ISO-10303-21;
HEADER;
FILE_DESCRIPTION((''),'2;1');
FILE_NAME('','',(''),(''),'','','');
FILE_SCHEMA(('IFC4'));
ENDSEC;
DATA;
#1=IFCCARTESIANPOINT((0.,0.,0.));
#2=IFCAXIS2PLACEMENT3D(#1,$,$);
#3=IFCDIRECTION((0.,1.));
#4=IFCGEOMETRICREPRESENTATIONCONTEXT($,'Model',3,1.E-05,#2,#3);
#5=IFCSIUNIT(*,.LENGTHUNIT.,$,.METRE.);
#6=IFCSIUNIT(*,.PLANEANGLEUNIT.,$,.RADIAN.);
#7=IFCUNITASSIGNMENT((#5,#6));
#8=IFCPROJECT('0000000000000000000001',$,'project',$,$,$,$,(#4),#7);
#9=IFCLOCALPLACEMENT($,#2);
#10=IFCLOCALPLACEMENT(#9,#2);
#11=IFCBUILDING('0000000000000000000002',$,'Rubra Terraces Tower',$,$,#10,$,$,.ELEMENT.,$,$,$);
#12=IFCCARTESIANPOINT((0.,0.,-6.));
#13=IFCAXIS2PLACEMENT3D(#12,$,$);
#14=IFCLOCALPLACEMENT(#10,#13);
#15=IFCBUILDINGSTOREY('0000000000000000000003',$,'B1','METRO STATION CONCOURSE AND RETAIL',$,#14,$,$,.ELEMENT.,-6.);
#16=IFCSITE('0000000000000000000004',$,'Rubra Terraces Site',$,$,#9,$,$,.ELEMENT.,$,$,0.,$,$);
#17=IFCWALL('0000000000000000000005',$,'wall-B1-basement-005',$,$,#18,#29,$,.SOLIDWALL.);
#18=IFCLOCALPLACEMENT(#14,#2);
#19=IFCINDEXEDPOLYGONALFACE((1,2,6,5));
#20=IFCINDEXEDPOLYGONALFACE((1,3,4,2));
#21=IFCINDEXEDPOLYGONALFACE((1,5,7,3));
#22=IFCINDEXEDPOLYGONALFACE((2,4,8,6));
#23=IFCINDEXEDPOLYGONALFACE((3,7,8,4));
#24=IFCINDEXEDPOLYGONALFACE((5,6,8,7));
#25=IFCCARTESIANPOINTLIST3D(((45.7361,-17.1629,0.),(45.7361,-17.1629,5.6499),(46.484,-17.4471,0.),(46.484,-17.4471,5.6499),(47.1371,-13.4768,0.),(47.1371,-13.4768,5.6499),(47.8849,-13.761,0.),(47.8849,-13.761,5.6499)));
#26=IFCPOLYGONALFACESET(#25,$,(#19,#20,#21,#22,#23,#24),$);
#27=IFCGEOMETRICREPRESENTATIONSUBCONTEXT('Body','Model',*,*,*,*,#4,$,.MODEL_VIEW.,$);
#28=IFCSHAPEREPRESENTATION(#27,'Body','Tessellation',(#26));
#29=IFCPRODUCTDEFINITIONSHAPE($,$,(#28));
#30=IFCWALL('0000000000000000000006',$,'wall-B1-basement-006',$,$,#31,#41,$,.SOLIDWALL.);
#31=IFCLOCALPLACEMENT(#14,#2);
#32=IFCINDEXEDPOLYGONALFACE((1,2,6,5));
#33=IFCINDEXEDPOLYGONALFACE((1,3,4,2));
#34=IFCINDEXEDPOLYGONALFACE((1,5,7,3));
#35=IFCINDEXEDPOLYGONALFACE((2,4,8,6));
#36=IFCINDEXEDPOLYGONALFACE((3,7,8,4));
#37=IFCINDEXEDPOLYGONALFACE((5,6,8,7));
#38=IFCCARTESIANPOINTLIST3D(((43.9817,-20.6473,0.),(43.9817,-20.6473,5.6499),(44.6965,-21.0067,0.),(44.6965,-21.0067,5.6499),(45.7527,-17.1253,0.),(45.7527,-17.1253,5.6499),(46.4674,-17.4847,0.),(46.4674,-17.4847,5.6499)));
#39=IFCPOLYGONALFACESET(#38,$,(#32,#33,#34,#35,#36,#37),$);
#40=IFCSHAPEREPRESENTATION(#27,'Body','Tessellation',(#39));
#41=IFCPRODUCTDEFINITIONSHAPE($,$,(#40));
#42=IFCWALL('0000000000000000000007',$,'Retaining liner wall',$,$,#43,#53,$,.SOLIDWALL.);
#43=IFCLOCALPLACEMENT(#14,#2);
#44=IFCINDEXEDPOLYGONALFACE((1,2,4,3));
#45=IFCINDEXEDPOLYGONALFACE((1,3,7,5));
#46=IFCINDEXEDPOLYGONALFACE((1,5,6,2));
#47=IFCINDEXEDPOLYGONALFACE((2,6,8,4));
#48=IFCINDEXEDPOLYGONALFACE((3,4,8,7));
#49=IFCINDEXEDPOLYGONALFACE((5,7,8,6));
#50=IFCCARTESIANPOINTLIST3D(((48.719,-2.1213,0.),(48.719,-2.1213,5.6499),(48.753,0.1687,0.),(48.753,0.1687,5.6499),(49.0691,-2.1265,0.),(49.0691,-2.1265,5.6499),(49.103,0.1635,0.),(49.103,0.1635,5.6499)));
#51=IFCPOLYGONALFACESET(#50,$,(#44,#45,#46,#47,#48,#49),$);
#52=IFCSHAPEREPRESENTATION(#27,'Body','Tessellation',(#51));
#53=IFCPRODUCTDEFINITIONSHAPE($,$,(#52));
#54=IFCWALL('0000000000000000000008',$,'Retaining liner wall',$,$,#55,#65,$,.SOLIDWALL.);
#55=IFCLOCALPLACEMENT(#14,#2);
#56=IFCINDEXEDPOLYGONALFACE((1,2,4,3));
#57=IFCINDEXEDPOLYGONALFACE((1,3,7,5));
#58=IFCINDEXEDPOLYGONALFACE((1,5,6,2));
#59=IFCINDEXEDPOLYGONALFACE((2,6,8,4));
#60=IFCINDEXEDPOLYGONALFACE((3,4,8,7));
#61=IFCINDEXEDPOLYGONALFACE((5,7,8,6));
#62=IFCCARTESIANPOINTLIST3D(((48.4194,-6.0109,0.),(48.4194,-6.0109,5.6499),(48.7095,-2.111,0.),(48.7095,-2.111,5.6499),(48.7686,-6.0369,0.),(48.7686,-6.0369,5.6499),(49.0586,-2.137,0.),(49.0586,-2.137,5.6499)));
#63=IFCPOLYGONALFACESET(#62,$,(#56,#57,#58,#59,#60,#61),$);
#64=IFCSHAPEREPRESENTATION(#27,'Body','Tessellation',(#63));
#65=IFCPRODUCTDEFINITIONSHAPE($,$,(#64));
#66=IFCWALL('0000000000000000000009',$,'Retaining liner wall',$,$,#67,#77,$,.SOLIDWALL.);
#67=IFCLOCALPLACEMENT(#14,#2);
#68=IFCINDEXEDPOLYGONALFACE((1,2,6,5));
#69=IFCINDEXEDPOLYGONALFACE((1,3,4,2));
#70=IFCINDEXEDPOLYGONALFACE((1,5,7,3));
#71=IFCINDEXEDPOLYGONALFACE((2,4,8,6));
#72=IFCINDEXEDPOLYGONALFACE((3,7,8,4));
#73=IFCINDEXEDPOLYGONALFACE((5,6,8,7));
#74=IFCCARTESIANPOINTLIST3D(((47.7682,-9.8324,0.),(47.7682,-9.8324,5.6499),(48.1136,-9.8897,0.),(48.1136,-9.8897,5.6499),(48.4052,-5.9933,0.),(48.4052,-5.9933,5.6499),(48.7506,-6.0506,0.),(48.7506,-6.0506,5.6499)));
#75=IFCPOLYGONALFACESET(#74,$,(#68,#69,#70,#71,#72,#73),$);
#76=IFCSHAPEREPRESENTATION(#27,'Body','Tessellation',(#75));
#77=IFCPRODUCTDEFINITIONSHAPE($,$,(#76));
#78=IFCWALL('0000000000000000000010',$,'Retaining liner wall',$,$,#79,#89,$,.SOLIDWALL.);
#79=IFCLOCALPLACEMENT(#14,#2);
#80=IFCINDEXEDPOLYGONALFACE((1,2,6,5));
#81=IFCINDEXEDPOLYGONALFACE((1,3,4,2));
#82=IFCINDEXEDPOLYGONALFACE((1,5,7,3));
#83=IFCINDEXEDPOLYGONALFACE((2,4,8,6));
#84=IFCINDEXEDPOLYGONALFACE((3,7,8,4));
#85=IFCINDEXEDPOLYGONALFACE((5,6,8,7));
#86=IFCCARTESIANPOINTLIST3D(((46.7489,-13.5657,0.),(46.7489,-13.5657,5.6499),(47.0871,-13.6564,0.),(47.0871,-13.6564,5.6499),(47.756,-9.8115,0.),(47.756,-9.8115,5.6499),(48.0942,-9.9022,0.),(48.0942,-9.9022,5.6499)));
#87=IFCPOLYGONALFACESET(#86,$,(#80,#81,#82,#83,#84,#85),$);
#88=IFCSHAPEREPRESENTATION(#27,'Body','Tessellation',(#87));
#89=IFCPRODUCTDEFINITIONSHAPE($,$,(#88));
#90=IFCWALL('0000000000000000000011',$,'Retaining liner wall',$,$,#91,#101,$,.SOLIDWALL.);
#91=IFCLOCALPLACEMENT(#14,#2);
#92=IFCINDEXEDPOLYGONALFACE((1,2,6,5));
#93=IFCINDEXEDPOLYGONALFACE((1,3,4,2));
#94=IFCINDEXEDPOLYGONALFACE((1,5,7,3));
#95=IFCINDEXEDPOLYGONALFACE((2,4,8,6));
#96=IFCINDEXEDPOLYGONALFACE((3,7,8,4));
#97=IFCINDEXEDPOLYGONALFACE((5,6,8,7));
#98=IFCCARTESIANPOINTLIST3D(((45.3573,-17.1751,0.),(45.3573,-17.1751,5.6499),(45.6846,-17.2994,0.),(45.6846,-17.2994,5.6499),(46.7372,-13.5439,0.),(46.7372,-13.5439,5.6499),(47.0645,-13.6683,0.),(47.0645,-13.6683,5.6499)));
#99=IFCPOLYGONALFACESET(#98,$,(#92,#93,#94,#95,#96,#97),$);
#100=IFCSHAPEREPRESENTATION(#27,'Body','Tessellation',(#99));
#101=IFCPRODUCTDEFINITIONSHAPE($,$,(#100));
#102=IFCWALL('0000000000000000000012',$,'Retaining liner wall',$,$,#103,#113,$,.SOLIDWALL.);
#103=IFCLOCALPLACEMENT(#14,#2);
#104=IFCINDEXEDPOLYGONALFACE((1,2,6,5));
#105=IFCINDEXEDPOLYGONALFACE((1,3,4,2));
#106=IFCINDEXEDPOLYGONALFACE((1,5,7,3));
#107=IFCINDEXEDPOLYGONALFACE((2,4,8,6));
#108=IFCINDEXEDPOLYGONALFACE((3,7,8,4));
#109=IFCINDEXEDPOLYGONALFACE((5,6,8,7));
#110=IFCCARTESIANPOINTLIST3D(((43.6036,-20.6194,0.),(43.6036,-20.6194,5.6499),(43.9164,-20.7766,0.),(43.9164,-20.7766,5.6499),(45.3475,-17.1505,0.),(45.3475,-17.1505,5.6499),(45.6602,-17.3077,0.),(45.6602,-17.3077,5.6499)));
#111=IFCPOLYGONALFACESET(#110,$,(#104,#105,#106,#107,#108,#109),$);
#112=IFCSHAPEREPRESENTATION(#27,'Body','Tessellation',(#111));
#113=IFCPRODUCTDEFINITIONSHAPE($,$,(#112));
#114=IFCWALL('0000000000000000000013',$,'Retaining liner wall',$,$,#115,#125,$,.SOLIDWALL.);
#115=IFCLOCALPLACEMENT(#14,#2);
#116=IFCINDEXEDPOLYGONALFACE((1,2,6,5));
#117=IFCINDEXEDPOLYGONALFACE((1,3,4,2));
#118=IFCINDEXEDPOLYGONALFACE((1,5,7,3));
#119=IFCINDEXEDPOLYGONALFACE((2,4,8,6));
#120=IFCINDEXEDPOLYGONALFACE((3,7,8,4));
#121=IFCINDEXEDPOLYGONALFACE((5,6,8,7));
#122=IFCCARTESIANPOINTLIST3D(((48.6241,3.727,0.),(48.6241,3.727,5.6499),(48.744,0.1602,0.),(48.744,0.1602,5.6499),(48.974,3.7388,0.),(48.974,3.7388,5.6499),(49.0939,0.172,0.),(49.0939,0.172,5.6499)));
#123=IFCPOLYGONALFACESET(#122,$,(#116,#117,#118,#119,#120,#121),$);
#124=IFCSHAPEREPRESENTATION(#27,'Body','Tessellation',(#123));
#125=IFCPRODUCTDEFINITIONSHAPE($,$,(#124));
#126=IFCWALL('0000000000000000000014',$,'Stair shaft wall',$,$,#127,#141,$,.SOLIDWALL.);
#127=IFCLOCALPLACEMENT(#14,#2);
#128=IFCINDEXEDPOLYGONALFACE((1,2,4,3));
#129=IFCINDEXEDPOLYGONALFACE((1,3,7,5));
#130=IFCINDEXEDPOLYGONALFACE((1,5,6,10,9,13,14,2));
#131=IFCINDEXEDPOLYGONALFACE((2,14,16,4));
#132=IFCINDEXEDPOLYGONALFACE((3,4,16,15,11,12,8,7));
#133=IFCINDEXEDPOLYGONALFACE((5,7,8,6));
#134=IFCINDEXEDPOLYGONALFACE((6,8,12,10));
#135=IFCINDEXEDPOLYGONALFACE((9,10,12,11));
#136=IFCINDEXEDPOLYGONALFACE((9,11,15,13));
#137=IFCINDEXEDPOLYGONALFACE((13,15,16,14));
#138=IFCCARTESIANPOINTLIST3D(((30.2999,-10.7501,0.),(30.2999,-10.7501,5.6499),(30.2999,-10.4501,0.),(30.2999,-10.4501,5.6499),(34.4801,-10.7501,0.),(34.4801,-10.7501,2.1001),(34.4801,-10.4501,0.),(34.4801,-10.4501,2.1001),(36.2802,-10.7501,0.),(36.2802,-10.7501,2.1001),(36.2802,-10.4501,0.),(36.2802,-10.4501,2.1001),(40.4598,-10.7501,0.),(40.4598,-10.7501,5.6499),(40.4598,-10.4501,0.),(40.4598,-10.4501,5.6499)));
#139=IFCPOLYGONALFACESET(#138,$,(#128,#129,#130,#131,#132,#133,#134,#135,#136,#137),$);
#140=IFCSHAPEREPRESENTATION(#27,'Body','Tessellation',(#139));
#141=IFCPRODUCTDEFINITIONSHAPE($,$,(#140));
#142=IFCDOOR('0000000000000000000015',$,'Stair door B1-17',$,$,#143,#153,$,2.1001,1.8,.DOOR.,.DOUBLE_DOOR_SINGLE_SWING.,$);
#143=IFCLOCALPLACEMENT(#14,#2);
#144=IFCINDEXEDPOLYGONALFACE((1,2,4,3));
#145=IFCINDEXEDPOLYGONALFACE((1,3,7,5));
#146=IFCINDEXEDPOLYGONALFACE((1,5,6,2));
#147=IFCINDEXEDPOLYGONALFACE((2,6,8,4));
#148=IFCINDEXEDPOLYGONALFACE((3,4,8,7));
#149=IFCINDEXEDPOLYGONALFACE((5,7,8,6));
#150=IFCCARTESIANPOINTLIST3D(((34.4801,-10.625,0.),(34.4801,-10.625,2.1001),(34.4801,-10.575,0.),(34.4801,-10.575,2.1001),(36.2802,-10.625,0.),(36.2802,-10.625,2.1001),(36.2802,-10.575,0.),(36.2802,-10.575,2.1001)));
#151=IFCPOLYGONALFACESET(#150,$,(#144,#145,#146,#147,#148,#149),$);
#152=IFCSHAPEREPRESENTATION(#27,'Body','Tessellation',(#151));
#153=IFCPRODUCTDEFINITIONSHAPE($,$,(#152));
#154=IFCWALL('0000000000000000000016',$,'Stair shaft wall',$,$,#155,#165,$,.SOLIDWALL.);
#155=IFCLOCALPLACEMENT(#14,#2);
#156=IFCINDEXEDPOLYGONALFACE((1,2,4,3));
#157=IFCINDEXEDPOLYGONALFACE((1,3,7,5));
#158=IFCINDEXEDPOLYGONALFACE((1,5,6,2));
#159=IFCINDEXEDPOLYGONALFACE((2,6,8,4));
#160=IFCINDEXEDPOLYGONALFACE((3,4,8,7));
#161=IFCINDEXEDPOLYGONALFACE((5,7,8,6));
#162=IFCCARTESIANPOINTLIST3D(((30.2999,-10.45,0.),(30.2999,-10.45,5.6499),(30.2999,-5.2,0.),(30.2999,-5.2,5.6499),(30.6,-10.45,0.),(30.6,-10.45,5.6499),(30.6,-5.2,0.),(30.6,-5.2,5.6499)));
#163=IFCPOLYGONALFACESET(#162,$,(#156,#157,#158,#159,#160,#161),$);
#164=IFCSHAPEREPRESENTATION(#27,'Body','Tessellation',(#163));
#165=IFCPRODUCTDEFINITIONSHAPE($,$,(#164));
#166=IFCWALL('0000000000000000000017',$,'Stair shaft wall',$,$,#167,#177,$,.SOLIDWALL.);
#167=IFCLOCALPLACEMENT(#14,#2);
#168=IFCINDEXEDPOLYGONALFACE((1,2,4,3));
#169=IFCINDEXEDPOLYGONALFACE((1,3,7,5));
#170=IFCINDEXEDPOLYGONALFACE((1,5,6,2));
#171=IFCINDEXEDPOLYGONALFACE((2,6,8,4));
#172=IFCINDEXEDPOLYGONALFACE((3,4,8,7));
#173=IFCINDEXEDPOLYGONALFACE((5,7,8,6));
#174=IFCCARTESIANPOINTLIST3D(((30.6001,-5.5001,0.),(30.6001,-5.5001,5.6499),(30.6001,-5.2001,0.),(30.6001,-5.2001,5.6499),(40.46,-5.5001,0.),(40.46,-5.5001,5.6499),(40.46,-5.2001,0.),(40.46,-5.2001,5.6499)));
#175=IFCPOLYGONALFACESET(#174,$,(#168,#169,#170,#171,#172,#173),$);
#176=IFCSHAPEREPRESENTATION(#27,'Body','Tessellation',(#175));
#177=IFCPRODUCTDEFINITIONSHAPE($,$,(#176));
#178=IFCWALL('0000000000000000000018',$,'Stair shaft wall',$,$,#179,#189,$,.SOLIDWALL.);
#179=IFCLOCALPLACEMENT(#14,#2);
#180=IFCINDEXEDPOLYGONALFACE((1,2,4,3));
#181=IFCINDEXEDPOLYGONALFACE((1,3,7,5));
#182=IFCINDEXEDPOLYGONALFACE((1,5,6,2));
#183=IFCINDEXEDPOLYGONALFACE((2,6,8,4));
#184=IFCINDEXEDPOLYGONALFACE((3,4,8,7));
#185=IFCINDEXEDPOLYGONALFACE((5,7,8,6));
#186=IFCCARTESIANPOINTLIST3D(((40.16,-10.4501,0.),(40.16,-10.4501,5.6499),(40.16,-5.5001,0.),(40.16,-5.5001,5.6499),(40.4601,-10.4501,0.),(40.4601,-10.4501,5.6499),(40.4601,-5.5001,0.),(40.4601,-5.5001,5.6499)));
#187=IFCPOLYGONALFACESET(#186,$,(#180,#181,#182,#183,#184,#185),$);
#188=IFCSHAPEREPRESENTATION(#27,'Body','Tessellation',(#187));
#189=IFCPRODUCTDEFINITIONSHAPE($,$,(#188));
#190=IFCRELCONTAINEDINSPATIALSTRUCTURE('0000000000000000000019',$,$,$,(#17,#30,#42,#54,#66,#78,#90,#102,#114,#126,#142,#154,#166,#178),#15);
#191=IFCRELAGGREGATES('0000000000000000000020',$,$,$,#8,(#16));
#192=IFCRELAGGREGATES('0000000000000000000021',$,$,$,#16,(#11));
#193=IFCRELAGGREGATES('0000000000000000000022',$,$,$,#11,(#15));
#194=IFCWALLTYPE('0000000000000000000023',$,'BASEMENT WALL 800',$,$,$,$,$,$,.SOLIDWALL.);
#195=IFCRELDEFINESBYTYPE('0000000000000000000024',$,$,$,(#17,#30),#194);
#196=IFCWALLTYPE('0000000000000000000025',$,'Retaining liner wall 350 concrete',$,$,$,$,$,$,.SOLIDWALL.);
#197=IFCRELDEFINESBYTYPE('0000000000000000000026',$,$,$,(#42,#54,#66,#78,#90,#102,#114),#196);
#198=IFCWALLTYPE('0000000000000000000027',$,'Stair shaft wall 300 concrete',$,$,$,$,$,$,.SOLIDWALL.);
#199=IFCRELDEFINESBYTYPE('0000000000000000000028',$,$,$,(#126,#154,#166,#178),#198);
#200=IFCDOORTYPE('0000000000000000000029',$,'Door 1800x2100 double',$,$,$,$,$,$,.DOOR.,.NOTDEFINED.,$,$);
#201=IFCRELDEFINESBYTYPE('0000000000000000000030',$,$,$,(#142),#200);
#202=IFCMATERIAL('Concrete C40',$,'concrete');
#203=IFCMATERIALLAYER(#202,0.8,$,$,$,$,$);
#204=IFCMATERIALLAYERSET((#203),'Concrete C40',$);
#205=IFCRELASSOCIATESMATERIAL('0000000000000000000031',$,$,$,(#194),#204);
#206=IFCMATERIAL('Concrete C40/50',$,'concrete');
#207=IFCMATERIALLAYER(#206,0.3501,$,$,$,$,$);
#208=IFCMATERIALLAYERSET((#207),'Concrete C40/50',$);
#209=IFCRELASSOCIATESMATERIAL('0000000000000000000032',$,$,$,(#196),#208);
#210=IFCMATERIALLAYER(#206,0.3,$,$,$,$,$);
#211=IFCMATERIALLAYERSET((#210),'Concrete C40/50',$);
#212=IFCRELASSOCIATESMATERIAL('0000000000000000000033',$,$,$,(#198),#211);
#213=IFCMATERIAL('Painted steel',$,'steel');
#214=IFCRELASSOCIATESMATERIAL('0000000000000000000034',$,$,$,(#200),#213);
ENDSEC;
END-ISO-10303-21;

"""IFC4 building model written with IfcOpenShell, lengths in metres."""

from ifc_helpers import new_model, si_unit, direction, frame, frame_2d, origin, place, context, subcontext, project, spatial, rectangle, extrude, material, layer, layer_set, type_object, element, fill, save


model = new_model("IFC4")

# Units and contexts
model_context = context("Model", 3, precision=1e-05, world=origin(), true_north=direction((0.0, 1.0)))
body_context = subcontext(model_context, "Body", "Model", "MODEL_VIEW")
ifc_project = project(units=[si_unit("LENGTHUNIT", "METRE"), si_unit("PLANEANGLEUNIT", "RADIAN")], contexts=[model_context])

# Site, building, storey
site_placement = place(None, origin())
site = spatial("IfcSite", under=ifc_project, at=site_placement, Name="Rubra Terraces Site", CompositionType="ELEMENT", RefElevation=0.0)
building_placement = place(site_placement, origin())
building = spatial("IfcBuilding", under=site, at=building_placement, Name="Rubra Terraces Tower", CompositionType="ELEMENT")
storey_placement = place(building_placement, frame((0.0, 0.0, -6.0)))
storey = spatial("IfcBuildingStorey", under=building, at=storey_placement, Name="B1", Description="METRO STATION CONCOURSE AND RETAIL", CompositionType="ELEMENT", Elevation=-6.0)

# Shared definitions
ifc_material_1 = material(Name="Concrete C40/50", Category="concrete")

# Walls
ifc_material_2 = material(Name="Concrete C40", Category="concrete")
ifc_layer_1 = layer(ifc_material_2, 0.8)
ifc_layer_set_1 = layer_set([ifc_layer_1], Name="Concrete C40")
wall_type_1 = type_object("IfcWallType", Name="BASEMENT WALL 800", PredefinedType="SOLIDWALL", material=ifc_layer_set_1)
wall_1_placement = place(storey_placement, frame((47.511, -13.6189, 0.0), z_axis=(0.0, 0.0, 1.0), x_axis=(-0.355259, -0.934768, 0.0)))
element("IfcWall", 1, at=wall_1_placement, inside=storey, type_object=wall_type_1, Name="wall-B1-basement-005", PredefinedType="SOLIDWALL", context=body_context, shape_type="SweptSolid", body=[
    extrude(rectangle(XDim=3.9434, YDim=0.8, at=frame_2d((1.9717, 0.0))), origin(), (0.0, 0.0, 1.0), 5.6499),
])
wall_2_placement = place(storey_placement, frame((46.1101, -17.3049, 0.0), z_axis=(0.0, 0.0, 1.0), x_axis=(-0.449244, -0.893409, 0.0)))
element("IfcWall", 2, at=wall_2_placement, inside=storey, type_object=wall_type_1, Name="wall-B1-basement-006", PredefinedType="SOLIDWALL", context=body_context, shape_type="SweptSolid", body=[
    extrude(rectangle(XDim=3.9421, YDim=0.8, at=frame_2d((1.9712, 0.0))), origin(), (0.0, 0.0, 1.0), 5.6499),
])
ifc_layer_2 = layer(ifc_material_1, 0.3501)
ifc_layer_set_2 = layer_set([ifc_layer_2], Name="Concrete C40/50")
wall_type_2 = type_object("IfcWallType", Name="Retaining liner wall 350 concrete", PredefinedType="SOLIDWALL", material=ifc_layer_set_2)
wall_3_placement = place(storey_placement, frame((48.928, 0.166, 0.0), z_axis=(0.0, 0.0, 1.0), x_axis=(-0.014817, -0.99989, 0.0)))
element("IfcWall", 3, at=wall_3_placement, inside=storey, type_object=wall_type_2, Name="Retaining liner wall", PredefinedType="SOLIDWALL", context=body_context, shape_type="SweptSolid", body=[
    extrude(rectangle(XDim=2.2903, YDim=0.3501, at=frame_2d((1.145, 0.0))), origin(), (0.0, 0.0, 1.0), 5.6499),
])
wall_4_placement = place(storey_placement, frame((48.884, -2.124, 0.0), z_axis=(0.0, 0.0, 1.0), x_axis=(-0.074166, -0.997246, 0.0)))
element("IfcWall", 4, at=wall_4_placement, inside=storey, type_object=wall_type_2, Name="Retaining liner wall", PredefinedType="SOLIDWALL", context=body_context, shape_type="SweptSolid", body=[
    extrude(rectangle(XDim=3.9106, YDim=0.3501, at=frame_2d((1.9553, 0.0))), origin(), (0.0, 0.0, 1.0), 5.6499),
])
wall_5_placement = place(storey_placement, frame((48.5779, -6.022, 0.0), z_axis=(0.0, 0.0, 1.0), x_axis=(-0.163677, -0.986514, 0.0)))
element("IfcWall", 5, at=wall_5_placement, inside=storey, type_object=wall_type_2, Name="Retaining liner wall", PredefinedType="SOLIDWALL", context=body_context, shape_type="SweptSolid", body=[
    extrude(rectangle(XDim=3.8916, YDim=0.3501, at=frame_2d((1.9458, 0.0))), origin(), (0.0, 0.0, 1.0), 5.6499),
])
wall_6_placement = place(storey_placement, frame((47.925, -9.8569, 0.0), z_axis=(0.0, 0.0, 1.0), x_axis=(-0.259097, -0.965851, 0.0)))
element("IfcWall", 6, at=wall_6_placement, inside=storey, type_object=wall_type_2, Name="Retaining liner wall", PredefinedType="SOLIDWALL", context=body_context, shape_type="SweptSolid", body=[
    extrude(rectangle(XDim=3.887, YDim=0.3501, at=frame_2d((1.9434, 0.0))), origin(), (0.0, 0.0, 1.0), 5.6499),
])
wall_7_placement = place(storey_placement, frame((46.9009, -13.606, 0.0), z_axis=(0.0, 0.0, 1.0), x_axis=(-0.355232, -0.934778, 0.0)))
element("IfcWall", 7, at=wall_7_placement, inside=storey, type_object=wall_type_2, Name="Retaining liner wall", PredefinedType="SOLIDWALL", context=body_context, shape_type="SweptSolid", body=[
    extrude(rectangle(XDim=3.8845, YDim=0.3501, at=frame_2d((1.9424, 0.0))), origin(), (0.0, 0.0, 1.0), 5.6499),
])
wall_8_placement = place(storey_placement, frame((45.5039, -17.229, 0.0), z_axis=(0.0, 0.0, 1.0), x_axis=(-0.449149, -0.893457, 0.0)))
element("IfcWall", 8, at=wall_8_placement, inside=storey, type_object=wall_type_2, Name="Retaining liner wall", PredefinedType="SOLIDWALL", context=body_context, shape_type="SweptSolid", body=[
    extrude(rectangle(XDim=3.8826, YDim=0.3501, at=frame_2d((1.9414, 0.0))), origin(), (0.0, 0.0, 1.0), 5.6499),
])
wall_9_placement = place(storey_placement, frame((48.7991, 3.7329, 0.0), z_axis=(0.0, 0.0, 1.0), x_axis=(0.033588, -0.999436, 0.0)))
element("IfcWall", 9, at=wall_9_placement, inside=storey, type_object=wall_type_2, Name="Retaining liner wall", PredefinedType="SOLIDWALL", context=body_context, shape_type="SweptSolid", body=[
    extrude(rectangle(XDim=3.5688, YDim=0.3501, at=frame_2d((1.7844, 0.0))), origin(), (0.0, 0.0, 1.0), 5.6499),
])

# Wall, opening, door
ifc_layer_3 = layer(ifc_material_1, 0.3)
ifc_layer_set_3 = layer_set([ifc_layer_3], Name="Concrete C40/50")
wall_type_3 = type_object("IfcWallType", Name="Stair shaft wall 300 concrete", PredefinedType="SOLIDWALL", material=ifc_layer_set_3)
wall_10_placement = place(storey_placement, frame((40.46, -10.6001, 0.0), z_axis=(0.0, 0.0, 1.0), x_axis=(-1.0, 0.0, 0.0)))
wall_10 = element("IfcWall", 10, at=wall_10_placement, inside=storey, type_object=wall_type_3, Name="Stair shaft wall", PredefinedType="SOLIDWALL", context=body_context, shape_type="SweptSolid", body=[
    extrude(rectangle(XDim=10.1599, YDim=0.3, at=frame_2d((5.0801, 0.0))), origin(), (0.0, 0.0, 1.0), 5.6499),
])
opening_placement = place(wall_10_placement, frame((4.1799, 0.0, 0.0)))
opening = element("IfcOpeningElement", 11, at=opening_placement, cuts=wall_10, PredefinedType="OPENING", context=body_context, shape_type="SweptSolid", body=[
    extrude(rectangle(XDim=1.8, YDim=2.1001, at=frame_2d((0.8999, 1.05))), frame((0.0, 0.1599, 0.0), z_axis=(0.0, -1.0, 0.0), x_axis=(1.0, 0.0, 0.0)), (0.0, 0.0, 1.0), 0.3201),
])
ifc_material_3 = material(Name="Painted steel", Category="steel")
door_type = type_object("IfcDoorType", Name="Door 1800x2100 double", OperationType="NOTDEFINED", PredefinedType="DOOR", material=ifc_material_3)
door_placement = place(opening_placement, origin())
door = element("IfcDoor", 12, at=door_placement, inside=storey, type_object=door_type, Name="Stair door B1-17", OperationType="DOUBLE_DOOR_SINGLE_SWING", OverallHeight=2.1001, OverallWidth=1.8, PredefinedType="DOOR", context=body_context, shape_type="SweptSolid", body=[
    extrude(rectangle(XDim=1.8, YDim=2.1001, at=frame_2d((0.8999, 1.05))), frame((0.0, 0.0249, 0.0), z_axis=(0.0, -1.0, 0.0), x_axis=(1.0, 0.0, 0.0)), (0.0, 0.0, 1.0), 0.05),
])
fill(opening, door)

# Walls
wall_11_placement = place(storey_placement, frame((30.45, -10.45, 0.0), z_axis=(0.0, 0.0, 1.0), x_axis=(0.0, 1.0, 0.0)))
element("IfcWall", 13, at=wall_11_placement, inside=storey, type_object=wall_type_3, Name="Stair shaft wall", PredefinedType="SOLIDWALL", context=body_context, shape_type="SweptSolid", body=[
    extrude(rectangle(XDim=5.25, YDim=0.3, at=frame_2d((2.625, 0.0))), origin(), (0.0, 0.0, 1.0), 5.6499),
])
wall_12_placement = place(storey_placement, frame((30.6001, -5.3501, 0.0), z_axis=(0.0, 0.0, 1.0), x_axis=(1.0, 0.0, 0.0)))
element("IfcWall", 14, at=wall_12_placement, inside=storey, type_object=wall_type_3, Name="Stair shaft wall", PredefinedType="SOLIDWALL", context=body_context, shape_type="SweptSolid", body=[
    extrude(rectangle(XDim=9.8599, YDim=0.3, at=frame_2d((4.9299, 0.0))), origin(), (0.0, 0.0, 1.0), 5.6499),
])
wall_13_placement = place(storey_placement, frame((40.3101, -5.5, 0.0), z_axis=(0.0, 0.0, 1.0), x_axis=(0.0, -1.0, 0.0)))
element("IfcWall", 15, at=wall_13_placement, inside=storey, type_object=wall_type_3, Name="Stair shaft wall", PredefinedType="SOLIDWALL", context=body_context, shape_type="SweptSolid", body=[
    extrude(rectangle(XDim=4.95, YDim=0.3, at=frame_2d((2.4751, 0.0))), origin(), (0.0, 0.0, 1.0), 5.6499),
])

save(model, "model.ifc")
